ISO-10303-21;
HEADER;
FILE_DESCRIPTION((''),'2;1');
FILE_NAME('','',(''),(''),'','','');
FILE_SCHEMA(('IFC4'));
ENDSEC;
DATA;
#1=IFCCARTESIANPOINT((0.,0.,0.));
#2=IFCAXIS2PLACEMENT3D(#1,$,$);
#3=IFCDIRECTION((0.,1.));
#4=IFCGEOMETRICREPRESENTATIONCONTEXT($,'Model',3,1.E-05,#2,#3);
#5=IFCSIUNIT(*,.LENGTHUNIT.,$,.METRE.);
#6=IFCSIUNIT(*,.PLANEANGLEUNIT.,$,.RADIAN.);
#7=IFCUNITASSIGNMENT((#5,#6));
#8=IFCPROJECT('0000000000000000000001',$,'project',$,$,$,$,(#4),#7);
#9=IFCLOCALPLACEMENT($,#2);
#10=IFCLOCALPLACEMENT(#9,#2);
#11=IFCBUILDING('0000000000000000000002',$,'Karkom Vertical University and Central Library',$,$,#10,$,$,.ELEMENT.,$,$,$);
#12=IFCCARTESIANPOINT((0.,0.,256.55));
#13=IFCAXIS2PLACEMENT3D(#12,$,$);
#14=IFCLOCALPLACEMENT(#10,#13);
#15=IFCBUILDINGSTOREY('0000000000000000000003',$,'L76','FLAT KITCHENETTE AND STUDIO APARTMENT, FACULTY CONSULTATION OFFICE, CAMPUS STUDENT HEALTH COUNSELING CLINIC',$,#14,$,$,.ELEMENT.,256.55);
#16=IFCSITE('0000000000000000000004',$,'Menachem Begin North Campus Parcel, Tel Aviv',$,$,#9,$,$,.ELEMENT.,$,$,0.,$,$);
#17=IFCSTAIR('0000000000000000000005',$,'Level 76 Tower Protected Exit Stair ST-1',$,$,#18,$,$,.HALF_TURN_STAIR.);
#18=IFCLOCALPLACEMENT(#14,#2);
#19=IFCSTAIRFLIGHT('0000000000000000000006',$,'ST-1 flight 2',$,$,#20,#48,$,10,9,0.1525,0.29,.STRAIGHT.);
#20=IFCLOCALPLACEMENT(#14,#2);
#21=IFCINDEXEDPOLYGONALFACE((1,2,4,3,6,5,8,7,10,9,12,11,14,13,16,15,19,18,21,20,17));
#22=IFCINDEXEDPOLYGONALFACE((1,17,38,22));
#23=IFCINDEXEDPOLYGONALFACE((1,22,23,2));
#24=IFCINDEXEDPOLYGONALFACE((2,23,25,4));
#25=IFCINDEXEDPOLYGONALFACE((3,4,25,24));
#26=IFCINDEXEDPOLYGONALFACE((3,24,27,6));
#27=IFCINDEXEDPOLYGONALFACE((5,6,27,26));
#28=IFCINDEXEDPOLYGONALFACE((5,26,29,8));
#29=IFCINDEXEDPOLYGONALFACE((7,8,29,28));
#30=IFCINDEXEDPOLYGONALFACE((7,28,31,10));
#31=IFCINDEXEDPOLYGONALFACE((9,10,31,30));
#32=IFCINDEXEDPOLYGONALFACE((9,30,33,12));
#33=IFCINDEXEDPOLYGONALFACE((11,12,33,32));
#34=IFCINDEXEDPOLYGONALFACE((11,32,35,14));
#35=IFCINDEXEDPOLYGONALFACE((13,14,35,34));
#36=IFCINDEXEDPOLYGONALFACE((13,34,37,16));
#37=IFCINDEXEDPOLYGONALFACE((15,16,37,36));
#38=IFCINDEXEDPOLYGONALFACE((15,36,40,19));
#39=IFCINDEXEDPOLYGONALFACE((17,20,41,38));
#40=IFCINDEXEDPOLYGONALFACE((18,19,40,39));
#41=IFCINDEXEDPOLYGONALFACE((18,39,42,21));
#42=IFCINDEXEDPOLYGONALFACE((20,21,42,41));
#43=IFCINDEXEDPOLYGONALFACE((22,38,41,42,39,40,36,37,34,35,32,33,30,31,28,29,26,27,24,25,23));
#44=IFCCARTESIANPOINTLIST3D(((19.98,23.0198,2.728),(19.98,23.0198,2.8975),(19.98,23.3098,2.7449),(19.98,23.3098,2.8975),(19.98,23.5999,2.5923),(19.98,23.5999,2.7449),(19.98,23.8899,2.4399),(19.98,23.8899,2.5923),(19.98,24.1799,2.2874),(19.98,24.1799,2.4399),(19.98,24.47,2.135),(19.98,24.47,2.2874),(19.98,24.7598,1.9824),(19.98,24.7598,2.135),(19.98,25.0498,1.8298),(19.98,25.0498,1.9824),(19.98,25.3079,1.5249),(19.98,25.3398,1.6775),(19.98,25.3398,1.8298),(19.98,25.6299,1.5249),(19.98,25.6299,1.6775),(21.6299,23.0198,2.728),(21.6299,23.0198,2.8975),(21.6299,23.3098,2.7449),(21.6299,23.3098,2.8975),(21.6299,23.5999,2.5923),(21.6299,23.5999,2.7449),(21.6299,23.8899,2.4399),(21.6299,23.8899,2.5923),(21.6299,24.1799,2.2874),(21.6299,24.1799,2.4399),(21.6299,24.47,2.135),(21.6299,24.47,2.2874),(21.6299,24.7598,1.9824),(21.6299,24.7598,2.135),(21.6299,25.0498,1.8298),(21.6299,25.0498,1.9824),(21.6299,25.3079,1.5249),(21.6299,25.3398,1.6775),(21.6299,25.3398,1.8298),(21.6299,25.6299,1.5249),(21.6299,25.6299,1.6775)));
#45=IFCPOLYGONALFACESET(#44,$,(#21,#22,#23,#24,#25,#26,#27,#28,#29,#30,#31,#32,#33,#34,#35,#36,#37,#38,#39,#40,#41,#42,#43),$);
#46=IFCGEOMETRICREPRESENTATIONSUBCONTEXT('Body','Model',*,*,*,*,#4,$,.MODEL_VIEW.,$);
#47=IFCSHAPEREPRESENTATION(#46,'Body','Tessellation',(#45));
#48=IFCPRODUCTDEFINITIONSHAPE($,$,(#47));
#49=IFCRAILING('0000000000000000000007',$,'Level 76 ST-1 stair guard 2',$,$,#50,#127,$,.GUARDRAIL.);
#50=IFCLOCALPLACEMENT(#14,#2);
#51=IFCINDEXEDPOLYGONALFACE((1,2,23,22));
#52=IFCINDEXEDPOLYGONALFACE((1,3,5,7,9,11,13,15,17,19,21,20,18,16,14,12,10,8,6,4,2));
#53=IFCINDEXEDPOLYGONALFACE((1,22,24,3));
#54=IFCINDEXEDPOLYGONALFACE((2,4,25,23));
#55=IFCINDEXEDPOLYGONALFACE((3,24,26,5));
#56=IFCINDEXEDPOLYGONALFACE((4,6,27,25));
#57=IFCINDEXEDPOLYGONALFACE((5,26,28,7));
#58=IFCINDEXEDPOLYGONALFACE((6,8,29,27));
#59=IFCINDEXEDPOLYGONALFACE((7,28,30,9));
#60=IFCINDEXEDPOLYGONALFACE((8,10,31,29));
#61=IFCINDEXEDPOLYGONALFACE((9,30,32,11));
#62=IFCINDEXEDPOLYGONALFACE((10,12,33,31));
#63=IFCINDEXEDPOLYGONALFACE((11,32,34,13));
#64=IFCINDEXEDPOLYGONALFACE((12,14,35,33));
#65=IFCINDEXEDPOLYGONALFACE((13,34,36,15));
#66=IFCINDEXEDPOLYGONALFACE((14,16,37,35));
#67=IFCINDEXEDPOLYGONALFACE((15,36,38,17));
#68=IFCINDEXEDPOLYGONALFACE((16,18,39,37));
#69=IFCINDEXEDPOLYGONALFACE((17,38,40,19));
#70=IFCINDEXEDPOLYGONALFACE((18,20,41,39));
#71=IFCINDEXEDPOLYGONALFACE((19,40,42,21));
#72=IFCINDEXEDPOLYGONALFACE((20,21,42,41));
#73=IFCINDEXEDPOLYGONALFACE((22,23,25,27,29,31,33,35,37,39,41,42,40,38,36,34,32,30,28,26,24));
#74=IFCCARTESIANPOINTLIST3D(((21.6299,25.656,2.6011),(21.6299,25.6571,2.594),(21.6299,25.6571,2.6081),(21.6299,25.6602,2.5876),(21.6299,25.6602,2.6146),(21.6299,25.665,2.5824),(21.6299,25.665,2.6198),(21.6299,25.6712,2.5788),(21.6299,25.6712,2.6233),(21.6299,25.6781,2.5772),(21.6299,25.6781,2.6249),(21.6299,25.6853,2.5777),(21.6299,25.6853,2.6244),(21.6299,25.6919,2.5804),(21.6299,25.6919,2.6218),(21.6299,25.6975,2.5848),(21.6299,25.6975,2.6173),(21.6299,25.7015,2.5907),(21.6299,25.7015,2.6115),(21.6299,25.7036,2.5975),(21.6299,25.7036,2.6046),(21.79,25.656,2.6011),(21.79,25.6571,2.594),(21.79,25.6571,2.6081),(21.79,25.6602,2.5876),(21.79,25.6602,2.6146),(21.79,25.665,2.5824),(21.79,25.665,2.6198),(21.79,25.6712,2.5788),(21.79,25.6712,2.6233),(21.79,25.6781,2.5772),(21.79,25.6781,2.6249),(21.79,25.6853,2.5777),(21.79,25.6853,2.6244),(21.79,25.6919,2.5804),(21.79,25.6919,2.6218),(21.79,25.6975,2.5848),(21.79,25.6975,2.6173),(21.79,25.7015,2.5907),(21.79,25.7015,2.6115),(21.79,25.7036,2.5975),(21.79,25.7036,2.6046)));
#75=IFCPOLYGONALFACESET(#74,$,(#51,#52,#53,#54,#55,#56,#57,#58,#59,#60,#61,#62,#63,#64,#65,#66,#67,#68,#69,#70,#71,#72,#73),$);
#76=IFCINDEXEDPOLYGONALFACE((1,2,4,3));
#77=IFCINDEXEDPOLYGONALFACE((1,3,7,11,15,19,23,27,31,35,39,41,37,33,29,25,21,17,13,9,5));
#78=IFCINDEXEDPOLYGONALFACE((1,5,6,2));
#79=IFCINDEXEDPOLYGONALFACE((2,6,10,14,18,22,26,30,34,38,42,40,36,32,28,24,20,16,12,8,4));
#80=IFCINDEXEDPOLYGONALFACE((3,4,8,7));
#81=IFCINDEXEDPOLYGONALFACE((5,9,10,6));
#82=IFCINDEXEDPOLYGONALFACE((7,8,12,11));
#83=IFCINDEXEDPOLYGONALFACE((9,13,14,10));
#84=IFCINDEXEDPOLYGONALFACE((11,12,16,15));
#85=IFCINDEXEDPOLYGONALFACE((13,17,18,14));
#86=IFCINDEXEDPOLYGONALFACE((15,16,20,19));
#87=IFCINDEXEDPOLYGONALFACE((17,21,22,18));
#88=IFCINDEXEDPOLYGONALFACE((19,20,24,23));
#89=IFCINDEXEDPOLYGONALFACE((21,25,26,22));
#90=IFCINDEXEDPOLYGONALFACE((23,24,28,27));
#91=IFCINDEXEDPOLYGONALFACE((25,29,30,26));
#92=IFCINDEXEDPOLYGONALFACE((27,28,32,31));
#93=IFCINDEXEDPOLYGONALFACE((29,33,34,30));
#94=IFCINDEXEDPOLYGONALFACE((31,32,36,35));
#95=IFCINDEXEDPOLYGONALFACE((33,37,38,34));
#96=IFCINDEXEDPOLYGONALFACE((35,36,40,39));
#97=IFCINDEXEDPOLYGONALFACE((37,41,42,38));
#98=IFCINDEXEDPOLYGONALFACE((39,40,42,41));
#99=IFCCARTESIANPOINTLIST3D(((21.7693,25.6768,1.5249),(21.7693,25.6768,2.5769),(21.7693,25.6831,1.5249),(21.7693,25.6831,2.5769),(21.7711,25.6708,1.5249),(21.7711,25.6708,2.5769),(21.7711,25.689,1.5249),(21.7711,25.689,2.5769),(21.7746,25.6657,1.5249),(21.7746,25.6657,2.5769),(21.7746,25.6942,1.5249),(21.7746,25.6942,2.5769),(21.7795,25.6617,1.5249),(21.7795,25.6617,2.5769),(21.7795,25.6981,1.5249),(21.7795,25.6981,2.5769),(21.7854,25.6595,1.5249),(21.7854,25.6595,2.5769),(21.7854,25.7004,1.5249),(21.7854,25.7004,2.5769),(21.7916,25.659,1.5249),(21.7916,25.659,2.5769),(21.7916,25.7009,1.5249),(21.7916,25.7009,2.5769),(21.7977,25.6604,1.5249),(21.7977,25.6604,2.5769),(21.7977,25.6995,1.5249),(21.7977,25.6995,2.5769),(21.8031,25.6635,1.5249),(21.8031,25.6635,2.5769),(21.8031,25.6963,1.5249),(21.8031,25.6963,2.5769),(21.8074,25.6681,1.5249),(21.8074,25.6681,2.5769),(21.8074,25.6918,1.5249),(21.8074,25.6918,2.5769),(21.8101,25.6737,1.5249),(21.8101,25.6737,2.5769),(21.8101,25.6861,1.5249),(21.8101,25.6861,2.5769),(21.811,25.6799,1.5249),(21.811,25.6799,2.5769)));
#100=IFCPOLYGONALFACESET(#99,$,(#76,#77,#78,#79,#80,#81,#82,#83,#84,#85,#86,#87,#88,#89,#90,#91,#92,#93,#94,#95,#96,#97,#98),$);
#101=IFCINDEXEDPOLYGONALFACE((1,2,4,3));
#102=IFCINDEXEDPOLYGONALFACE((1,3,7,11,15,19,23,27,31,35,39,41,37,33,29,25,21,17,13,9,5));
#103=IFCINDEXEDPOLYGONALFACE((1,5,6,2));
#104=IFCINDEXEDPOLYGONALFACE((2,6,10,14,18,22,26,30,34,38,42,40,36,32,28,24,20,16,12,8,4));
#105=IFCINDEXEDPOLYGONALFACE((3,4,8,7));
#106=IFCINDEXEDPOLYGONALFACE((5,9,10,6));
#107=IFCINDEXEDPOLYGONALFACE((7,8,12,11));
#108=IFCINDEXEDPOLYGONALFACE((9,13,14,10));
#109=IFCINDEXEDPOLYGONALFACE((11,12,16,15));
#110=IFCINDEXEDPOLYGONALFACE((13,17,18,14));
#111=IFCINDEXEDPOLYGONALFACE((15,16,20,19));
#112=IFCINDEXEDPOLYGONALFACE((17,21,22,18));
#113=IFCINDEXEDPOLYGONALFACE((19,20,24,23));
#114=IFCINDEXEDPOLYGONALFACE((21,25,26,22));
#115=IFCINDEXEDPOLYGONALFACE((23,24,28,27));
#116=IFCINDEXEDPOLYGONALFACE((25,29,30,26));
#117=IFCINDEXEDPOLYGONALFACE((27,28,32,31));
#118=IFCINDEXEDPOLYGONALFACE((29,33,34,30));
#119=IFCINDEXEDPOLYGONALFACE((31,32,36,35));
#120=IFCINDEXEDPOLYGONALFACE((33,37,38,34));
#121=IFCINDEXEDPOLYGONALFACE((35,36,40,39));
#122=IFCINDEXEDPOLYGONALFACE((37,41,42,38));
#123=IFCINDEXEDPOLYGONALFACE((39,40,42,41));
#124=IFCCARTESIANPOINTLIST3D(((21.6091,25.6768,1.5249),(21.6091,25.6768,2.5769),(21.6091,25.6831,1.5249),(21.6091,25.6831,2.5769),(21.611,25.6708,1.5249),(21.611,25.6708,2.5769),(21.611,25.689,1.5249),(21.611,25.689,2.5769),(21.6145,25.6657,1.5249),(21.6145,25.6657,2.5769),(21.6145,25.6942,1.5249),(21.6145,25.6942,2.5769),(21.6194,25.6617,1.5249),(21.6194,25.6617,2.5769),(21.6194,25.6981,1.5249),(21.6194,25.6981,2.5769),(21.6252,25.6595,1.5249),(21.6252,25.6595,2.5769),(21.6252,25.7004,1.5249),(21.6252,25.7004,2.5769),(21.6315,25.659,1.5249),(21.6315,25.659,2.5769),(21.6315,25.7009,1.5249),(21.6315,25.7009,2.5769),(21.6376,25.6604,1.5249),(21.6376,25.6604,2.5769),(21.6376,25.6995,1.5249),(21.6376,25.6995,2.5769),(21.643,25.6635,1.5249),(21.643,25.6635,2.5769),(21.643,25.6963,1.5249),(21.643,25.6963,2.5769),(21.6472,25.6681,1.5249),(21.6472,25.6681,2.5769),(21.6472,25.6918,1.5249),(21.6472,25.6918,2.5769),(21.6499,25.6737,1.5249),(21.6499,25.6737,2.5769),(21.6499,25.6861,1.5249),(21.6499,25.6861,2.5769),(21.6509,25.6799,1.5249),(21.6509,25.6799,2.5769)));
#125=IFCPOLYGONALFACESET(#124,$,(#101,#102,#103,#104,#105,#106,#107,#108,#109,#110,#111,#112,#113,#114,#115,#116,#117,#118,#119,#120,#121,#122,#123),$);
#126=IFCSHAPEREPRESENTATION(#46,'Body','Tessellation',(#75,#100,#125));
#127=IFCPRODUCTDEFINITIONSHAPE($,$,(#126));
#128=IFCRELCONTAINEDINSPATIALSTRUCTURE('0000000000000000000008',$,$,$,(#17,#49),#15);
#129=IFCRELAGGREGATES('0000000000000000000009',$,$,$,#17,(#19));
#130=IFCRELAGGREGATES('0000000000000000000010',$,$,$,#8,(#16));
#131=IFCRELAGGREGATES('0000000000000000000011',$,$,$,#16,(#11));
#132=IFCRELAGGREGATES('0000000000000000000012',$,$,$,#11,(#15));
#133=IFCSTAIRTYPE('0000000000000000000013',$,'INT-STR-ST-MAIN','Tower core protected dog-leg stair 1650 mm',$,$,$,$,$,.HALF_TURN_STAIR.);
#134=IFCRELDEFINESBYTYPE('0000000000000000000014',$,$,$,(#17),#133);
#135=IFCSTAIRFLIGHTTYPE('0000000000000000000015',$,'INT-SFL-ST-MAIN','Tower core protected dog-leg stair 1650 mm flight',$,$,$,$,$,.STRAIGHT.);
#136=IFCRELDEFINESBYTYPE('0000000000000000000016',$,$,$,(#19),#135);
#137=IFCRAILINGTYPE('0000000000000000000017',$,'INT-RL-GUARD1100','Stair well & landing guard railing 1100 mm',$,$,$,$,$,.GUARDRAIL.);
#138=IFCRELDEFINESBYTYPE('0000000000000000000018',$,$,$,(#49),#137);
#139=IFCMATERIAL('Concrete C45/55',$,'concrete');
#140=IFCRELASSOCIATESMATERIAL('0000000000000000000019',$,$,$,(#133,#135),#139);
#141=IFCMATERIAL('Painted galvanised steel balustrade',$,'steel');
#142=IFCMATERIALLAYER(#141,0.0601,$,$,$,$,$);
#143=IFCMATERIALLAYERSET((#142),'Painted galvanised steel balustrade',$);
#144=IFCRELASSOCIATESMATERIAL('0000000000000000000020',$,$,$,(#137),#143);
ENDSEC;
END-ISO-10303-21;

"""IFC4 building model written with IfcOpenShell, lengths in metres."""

from ifc_helpers import new_model, si_unit, direction, frame, origin, origin_2d, place, context, subcontext, project, spatial, polyline, circle, outline, extrude, material, layer, layer_set, type_object, element, aggregate, save


model = new_model("IFC4")

# Units and contexts
model_context = context("Model", 3, precision=1e-05, world=origin(), true_north=direction((0.0, 1.0)))
body_context = subcontext(model_context, "Body", "Model", "MODEL_VIEW")
ifc_project = project(units=[si_unit("LENGTHUNIT", "METRE"), si_unit("PLANEANGLEUNIT", "RADIAN")], contexts=[model_context])

# Site, building, storey
site_placement = place(None, origin())
site = spatial("IfcSite", under=ifc_project, at=site_placement, Name="Menachem Begin North Campus Parcel, Tel Aviv", CompositionType="ELEMENT", RefElevation=0.0)
building_placement = place(site_placement, origin())
building = spatial("IfcBuilding", under=site, at=building_placement, Name="Karkom Vertical University and Central Library", CompositionType="ELEMENT")
storey_placement = place(building_placement, frame((0.0, 0.0, 256.55)))
storey = spatial("IfcBuildingStorey", under=building, at=storey_placement, Name="L76", Description="FLAT KITCHENETTE AND STUDIO APARTMENT, FACULTY CONSULTATION OFFICE, CAMPUS STUDENT HEALTH COUNSELING CLINIC", CompositionType="ELEMENT", Elevation=256.55)

# Shared definitions
ifc_material_1 = material(Name="Concrete C45/55", Category="concrete")

# Stair, stair flight
stair_type = type_object("IfcStairType", Name="INT-STR-ST-MAIN", Description="Tower core protected dog-leg stair 1650 mm", PredefinedType="HALF_TURN_STAIR", material=ifc_material_1)
stair_placement = place(storey_placement, origin())
stair = element("IfcStair", 1, at=stair_placement, inside=storey, type_object=stair_type, Name="Level 76 Tower Protected Exit Stair ST-1", PredefinedType="HALF_TURN_STAIR")
stair_flight_type = type_object("IfcStairFlightType", Name="INT-SFL-ST-MAIN", Description="Tower core protected dog-leg stair 1650 mm flight", PredefinedType="STRAIGHT", material=ifc_material_1)
stair_flight_placement = place(storey_placement, frame((20.8049, 25.6299, 1.5249), z_axis=(0.0, 0.0, 1.0), x_axis=(0.0, -1.0, 0.0)))
stair_flight = element("IfcStairFlight", 2, at=stair_flight_placement, type_object=stair_flight_type, Name="ST-1 flight 2", NumberOfRisers=10, NumberOfTreads=9, PredefinedType="STRAIGHT", RiserHeight=0.1525, TreadLength=0.29, context=body_context, shape_type="SweptSolid", body=[
    extrude(outline(polyline([(0.0, 0.0), (0.0, 0.1526), (0.29, 0.1526), (0.29, 0.3049), (0.5801, 0.3049), (0.5801, 0.4575), (0.8701, 0.4575), (0.8701, 0.6101), (1.1599, 0.6101), (1.1599, 0.7625), (1.45, 0.7625), (1.45, 0.915), (1.74, 0.915), (1.74, 1.0674), (2.03, 1.0674), (2.03, 1.22), (2.3201, 1.22), (2.3201, 1.3726), (2.6101, 1.3726), (2.6101, 1.5249), (2.6101, 1.2031), (0.322, 0.0), (0.0, 0.0)])), frame((0.0, 0.825, 0.0), z_axis=(0.0, -1.0, 0.0), x_axis=(1.0, 0.0, 0.0)), (0.0, 0.0, 1.0), 1.6499),
])
aggregate(stair, [stair_flight])

# Railing
ifc_material_2 = material(Name="Painted galvanised steel balustrade", Category="steel")
ifc_layer_1 = layer(ifc_material_2, 0.0601)
ifc_layer_set_1 = layer_set([ifc_layer_1], Name="Painted galvanised steel balustrade")
railing_type_1 = type_object("IfcRailingType", Name="INT-RL-GUARD1100", Description="Stair well & landing guard railing 1100 mm", PredefinedType="GUARDRAIL", material=ifc_layer_set_1)
railing_1_placement = place(storey_placement, frame((21.79, 25.6799, 1.5249)))
element("IfcRailing", 3, at=railing_1_placement, inside=storey, type_object=railing_type_1, Name="Level 76 ST-1 stair guard 2", PredefinedType="GUARDRAIL", context=body_context, shape_type="SweptSolid", body=[
    extrude(circle(Radius=0.0239, at=origin_2d()), frame((0.0, 0.0, 1.0762), z_axis=(-1.0, 0.0, 0.0), x_axis=(0.0, -1.0, 0.0)), (0.0, 0.0, 1.0), 0.1602),
    extrude(circle(Radius=0.021, at=origin_2d()), origin(), (0.0, 0.0, 1.0), 1.052),
    extrude(circle(Radius=0.021, at=origin_2d()), frame((-0.1602, 0.0, 0.0)), (0.0, 0.0, 1.0), 1.052),
])

save(model, "model.ifc")
